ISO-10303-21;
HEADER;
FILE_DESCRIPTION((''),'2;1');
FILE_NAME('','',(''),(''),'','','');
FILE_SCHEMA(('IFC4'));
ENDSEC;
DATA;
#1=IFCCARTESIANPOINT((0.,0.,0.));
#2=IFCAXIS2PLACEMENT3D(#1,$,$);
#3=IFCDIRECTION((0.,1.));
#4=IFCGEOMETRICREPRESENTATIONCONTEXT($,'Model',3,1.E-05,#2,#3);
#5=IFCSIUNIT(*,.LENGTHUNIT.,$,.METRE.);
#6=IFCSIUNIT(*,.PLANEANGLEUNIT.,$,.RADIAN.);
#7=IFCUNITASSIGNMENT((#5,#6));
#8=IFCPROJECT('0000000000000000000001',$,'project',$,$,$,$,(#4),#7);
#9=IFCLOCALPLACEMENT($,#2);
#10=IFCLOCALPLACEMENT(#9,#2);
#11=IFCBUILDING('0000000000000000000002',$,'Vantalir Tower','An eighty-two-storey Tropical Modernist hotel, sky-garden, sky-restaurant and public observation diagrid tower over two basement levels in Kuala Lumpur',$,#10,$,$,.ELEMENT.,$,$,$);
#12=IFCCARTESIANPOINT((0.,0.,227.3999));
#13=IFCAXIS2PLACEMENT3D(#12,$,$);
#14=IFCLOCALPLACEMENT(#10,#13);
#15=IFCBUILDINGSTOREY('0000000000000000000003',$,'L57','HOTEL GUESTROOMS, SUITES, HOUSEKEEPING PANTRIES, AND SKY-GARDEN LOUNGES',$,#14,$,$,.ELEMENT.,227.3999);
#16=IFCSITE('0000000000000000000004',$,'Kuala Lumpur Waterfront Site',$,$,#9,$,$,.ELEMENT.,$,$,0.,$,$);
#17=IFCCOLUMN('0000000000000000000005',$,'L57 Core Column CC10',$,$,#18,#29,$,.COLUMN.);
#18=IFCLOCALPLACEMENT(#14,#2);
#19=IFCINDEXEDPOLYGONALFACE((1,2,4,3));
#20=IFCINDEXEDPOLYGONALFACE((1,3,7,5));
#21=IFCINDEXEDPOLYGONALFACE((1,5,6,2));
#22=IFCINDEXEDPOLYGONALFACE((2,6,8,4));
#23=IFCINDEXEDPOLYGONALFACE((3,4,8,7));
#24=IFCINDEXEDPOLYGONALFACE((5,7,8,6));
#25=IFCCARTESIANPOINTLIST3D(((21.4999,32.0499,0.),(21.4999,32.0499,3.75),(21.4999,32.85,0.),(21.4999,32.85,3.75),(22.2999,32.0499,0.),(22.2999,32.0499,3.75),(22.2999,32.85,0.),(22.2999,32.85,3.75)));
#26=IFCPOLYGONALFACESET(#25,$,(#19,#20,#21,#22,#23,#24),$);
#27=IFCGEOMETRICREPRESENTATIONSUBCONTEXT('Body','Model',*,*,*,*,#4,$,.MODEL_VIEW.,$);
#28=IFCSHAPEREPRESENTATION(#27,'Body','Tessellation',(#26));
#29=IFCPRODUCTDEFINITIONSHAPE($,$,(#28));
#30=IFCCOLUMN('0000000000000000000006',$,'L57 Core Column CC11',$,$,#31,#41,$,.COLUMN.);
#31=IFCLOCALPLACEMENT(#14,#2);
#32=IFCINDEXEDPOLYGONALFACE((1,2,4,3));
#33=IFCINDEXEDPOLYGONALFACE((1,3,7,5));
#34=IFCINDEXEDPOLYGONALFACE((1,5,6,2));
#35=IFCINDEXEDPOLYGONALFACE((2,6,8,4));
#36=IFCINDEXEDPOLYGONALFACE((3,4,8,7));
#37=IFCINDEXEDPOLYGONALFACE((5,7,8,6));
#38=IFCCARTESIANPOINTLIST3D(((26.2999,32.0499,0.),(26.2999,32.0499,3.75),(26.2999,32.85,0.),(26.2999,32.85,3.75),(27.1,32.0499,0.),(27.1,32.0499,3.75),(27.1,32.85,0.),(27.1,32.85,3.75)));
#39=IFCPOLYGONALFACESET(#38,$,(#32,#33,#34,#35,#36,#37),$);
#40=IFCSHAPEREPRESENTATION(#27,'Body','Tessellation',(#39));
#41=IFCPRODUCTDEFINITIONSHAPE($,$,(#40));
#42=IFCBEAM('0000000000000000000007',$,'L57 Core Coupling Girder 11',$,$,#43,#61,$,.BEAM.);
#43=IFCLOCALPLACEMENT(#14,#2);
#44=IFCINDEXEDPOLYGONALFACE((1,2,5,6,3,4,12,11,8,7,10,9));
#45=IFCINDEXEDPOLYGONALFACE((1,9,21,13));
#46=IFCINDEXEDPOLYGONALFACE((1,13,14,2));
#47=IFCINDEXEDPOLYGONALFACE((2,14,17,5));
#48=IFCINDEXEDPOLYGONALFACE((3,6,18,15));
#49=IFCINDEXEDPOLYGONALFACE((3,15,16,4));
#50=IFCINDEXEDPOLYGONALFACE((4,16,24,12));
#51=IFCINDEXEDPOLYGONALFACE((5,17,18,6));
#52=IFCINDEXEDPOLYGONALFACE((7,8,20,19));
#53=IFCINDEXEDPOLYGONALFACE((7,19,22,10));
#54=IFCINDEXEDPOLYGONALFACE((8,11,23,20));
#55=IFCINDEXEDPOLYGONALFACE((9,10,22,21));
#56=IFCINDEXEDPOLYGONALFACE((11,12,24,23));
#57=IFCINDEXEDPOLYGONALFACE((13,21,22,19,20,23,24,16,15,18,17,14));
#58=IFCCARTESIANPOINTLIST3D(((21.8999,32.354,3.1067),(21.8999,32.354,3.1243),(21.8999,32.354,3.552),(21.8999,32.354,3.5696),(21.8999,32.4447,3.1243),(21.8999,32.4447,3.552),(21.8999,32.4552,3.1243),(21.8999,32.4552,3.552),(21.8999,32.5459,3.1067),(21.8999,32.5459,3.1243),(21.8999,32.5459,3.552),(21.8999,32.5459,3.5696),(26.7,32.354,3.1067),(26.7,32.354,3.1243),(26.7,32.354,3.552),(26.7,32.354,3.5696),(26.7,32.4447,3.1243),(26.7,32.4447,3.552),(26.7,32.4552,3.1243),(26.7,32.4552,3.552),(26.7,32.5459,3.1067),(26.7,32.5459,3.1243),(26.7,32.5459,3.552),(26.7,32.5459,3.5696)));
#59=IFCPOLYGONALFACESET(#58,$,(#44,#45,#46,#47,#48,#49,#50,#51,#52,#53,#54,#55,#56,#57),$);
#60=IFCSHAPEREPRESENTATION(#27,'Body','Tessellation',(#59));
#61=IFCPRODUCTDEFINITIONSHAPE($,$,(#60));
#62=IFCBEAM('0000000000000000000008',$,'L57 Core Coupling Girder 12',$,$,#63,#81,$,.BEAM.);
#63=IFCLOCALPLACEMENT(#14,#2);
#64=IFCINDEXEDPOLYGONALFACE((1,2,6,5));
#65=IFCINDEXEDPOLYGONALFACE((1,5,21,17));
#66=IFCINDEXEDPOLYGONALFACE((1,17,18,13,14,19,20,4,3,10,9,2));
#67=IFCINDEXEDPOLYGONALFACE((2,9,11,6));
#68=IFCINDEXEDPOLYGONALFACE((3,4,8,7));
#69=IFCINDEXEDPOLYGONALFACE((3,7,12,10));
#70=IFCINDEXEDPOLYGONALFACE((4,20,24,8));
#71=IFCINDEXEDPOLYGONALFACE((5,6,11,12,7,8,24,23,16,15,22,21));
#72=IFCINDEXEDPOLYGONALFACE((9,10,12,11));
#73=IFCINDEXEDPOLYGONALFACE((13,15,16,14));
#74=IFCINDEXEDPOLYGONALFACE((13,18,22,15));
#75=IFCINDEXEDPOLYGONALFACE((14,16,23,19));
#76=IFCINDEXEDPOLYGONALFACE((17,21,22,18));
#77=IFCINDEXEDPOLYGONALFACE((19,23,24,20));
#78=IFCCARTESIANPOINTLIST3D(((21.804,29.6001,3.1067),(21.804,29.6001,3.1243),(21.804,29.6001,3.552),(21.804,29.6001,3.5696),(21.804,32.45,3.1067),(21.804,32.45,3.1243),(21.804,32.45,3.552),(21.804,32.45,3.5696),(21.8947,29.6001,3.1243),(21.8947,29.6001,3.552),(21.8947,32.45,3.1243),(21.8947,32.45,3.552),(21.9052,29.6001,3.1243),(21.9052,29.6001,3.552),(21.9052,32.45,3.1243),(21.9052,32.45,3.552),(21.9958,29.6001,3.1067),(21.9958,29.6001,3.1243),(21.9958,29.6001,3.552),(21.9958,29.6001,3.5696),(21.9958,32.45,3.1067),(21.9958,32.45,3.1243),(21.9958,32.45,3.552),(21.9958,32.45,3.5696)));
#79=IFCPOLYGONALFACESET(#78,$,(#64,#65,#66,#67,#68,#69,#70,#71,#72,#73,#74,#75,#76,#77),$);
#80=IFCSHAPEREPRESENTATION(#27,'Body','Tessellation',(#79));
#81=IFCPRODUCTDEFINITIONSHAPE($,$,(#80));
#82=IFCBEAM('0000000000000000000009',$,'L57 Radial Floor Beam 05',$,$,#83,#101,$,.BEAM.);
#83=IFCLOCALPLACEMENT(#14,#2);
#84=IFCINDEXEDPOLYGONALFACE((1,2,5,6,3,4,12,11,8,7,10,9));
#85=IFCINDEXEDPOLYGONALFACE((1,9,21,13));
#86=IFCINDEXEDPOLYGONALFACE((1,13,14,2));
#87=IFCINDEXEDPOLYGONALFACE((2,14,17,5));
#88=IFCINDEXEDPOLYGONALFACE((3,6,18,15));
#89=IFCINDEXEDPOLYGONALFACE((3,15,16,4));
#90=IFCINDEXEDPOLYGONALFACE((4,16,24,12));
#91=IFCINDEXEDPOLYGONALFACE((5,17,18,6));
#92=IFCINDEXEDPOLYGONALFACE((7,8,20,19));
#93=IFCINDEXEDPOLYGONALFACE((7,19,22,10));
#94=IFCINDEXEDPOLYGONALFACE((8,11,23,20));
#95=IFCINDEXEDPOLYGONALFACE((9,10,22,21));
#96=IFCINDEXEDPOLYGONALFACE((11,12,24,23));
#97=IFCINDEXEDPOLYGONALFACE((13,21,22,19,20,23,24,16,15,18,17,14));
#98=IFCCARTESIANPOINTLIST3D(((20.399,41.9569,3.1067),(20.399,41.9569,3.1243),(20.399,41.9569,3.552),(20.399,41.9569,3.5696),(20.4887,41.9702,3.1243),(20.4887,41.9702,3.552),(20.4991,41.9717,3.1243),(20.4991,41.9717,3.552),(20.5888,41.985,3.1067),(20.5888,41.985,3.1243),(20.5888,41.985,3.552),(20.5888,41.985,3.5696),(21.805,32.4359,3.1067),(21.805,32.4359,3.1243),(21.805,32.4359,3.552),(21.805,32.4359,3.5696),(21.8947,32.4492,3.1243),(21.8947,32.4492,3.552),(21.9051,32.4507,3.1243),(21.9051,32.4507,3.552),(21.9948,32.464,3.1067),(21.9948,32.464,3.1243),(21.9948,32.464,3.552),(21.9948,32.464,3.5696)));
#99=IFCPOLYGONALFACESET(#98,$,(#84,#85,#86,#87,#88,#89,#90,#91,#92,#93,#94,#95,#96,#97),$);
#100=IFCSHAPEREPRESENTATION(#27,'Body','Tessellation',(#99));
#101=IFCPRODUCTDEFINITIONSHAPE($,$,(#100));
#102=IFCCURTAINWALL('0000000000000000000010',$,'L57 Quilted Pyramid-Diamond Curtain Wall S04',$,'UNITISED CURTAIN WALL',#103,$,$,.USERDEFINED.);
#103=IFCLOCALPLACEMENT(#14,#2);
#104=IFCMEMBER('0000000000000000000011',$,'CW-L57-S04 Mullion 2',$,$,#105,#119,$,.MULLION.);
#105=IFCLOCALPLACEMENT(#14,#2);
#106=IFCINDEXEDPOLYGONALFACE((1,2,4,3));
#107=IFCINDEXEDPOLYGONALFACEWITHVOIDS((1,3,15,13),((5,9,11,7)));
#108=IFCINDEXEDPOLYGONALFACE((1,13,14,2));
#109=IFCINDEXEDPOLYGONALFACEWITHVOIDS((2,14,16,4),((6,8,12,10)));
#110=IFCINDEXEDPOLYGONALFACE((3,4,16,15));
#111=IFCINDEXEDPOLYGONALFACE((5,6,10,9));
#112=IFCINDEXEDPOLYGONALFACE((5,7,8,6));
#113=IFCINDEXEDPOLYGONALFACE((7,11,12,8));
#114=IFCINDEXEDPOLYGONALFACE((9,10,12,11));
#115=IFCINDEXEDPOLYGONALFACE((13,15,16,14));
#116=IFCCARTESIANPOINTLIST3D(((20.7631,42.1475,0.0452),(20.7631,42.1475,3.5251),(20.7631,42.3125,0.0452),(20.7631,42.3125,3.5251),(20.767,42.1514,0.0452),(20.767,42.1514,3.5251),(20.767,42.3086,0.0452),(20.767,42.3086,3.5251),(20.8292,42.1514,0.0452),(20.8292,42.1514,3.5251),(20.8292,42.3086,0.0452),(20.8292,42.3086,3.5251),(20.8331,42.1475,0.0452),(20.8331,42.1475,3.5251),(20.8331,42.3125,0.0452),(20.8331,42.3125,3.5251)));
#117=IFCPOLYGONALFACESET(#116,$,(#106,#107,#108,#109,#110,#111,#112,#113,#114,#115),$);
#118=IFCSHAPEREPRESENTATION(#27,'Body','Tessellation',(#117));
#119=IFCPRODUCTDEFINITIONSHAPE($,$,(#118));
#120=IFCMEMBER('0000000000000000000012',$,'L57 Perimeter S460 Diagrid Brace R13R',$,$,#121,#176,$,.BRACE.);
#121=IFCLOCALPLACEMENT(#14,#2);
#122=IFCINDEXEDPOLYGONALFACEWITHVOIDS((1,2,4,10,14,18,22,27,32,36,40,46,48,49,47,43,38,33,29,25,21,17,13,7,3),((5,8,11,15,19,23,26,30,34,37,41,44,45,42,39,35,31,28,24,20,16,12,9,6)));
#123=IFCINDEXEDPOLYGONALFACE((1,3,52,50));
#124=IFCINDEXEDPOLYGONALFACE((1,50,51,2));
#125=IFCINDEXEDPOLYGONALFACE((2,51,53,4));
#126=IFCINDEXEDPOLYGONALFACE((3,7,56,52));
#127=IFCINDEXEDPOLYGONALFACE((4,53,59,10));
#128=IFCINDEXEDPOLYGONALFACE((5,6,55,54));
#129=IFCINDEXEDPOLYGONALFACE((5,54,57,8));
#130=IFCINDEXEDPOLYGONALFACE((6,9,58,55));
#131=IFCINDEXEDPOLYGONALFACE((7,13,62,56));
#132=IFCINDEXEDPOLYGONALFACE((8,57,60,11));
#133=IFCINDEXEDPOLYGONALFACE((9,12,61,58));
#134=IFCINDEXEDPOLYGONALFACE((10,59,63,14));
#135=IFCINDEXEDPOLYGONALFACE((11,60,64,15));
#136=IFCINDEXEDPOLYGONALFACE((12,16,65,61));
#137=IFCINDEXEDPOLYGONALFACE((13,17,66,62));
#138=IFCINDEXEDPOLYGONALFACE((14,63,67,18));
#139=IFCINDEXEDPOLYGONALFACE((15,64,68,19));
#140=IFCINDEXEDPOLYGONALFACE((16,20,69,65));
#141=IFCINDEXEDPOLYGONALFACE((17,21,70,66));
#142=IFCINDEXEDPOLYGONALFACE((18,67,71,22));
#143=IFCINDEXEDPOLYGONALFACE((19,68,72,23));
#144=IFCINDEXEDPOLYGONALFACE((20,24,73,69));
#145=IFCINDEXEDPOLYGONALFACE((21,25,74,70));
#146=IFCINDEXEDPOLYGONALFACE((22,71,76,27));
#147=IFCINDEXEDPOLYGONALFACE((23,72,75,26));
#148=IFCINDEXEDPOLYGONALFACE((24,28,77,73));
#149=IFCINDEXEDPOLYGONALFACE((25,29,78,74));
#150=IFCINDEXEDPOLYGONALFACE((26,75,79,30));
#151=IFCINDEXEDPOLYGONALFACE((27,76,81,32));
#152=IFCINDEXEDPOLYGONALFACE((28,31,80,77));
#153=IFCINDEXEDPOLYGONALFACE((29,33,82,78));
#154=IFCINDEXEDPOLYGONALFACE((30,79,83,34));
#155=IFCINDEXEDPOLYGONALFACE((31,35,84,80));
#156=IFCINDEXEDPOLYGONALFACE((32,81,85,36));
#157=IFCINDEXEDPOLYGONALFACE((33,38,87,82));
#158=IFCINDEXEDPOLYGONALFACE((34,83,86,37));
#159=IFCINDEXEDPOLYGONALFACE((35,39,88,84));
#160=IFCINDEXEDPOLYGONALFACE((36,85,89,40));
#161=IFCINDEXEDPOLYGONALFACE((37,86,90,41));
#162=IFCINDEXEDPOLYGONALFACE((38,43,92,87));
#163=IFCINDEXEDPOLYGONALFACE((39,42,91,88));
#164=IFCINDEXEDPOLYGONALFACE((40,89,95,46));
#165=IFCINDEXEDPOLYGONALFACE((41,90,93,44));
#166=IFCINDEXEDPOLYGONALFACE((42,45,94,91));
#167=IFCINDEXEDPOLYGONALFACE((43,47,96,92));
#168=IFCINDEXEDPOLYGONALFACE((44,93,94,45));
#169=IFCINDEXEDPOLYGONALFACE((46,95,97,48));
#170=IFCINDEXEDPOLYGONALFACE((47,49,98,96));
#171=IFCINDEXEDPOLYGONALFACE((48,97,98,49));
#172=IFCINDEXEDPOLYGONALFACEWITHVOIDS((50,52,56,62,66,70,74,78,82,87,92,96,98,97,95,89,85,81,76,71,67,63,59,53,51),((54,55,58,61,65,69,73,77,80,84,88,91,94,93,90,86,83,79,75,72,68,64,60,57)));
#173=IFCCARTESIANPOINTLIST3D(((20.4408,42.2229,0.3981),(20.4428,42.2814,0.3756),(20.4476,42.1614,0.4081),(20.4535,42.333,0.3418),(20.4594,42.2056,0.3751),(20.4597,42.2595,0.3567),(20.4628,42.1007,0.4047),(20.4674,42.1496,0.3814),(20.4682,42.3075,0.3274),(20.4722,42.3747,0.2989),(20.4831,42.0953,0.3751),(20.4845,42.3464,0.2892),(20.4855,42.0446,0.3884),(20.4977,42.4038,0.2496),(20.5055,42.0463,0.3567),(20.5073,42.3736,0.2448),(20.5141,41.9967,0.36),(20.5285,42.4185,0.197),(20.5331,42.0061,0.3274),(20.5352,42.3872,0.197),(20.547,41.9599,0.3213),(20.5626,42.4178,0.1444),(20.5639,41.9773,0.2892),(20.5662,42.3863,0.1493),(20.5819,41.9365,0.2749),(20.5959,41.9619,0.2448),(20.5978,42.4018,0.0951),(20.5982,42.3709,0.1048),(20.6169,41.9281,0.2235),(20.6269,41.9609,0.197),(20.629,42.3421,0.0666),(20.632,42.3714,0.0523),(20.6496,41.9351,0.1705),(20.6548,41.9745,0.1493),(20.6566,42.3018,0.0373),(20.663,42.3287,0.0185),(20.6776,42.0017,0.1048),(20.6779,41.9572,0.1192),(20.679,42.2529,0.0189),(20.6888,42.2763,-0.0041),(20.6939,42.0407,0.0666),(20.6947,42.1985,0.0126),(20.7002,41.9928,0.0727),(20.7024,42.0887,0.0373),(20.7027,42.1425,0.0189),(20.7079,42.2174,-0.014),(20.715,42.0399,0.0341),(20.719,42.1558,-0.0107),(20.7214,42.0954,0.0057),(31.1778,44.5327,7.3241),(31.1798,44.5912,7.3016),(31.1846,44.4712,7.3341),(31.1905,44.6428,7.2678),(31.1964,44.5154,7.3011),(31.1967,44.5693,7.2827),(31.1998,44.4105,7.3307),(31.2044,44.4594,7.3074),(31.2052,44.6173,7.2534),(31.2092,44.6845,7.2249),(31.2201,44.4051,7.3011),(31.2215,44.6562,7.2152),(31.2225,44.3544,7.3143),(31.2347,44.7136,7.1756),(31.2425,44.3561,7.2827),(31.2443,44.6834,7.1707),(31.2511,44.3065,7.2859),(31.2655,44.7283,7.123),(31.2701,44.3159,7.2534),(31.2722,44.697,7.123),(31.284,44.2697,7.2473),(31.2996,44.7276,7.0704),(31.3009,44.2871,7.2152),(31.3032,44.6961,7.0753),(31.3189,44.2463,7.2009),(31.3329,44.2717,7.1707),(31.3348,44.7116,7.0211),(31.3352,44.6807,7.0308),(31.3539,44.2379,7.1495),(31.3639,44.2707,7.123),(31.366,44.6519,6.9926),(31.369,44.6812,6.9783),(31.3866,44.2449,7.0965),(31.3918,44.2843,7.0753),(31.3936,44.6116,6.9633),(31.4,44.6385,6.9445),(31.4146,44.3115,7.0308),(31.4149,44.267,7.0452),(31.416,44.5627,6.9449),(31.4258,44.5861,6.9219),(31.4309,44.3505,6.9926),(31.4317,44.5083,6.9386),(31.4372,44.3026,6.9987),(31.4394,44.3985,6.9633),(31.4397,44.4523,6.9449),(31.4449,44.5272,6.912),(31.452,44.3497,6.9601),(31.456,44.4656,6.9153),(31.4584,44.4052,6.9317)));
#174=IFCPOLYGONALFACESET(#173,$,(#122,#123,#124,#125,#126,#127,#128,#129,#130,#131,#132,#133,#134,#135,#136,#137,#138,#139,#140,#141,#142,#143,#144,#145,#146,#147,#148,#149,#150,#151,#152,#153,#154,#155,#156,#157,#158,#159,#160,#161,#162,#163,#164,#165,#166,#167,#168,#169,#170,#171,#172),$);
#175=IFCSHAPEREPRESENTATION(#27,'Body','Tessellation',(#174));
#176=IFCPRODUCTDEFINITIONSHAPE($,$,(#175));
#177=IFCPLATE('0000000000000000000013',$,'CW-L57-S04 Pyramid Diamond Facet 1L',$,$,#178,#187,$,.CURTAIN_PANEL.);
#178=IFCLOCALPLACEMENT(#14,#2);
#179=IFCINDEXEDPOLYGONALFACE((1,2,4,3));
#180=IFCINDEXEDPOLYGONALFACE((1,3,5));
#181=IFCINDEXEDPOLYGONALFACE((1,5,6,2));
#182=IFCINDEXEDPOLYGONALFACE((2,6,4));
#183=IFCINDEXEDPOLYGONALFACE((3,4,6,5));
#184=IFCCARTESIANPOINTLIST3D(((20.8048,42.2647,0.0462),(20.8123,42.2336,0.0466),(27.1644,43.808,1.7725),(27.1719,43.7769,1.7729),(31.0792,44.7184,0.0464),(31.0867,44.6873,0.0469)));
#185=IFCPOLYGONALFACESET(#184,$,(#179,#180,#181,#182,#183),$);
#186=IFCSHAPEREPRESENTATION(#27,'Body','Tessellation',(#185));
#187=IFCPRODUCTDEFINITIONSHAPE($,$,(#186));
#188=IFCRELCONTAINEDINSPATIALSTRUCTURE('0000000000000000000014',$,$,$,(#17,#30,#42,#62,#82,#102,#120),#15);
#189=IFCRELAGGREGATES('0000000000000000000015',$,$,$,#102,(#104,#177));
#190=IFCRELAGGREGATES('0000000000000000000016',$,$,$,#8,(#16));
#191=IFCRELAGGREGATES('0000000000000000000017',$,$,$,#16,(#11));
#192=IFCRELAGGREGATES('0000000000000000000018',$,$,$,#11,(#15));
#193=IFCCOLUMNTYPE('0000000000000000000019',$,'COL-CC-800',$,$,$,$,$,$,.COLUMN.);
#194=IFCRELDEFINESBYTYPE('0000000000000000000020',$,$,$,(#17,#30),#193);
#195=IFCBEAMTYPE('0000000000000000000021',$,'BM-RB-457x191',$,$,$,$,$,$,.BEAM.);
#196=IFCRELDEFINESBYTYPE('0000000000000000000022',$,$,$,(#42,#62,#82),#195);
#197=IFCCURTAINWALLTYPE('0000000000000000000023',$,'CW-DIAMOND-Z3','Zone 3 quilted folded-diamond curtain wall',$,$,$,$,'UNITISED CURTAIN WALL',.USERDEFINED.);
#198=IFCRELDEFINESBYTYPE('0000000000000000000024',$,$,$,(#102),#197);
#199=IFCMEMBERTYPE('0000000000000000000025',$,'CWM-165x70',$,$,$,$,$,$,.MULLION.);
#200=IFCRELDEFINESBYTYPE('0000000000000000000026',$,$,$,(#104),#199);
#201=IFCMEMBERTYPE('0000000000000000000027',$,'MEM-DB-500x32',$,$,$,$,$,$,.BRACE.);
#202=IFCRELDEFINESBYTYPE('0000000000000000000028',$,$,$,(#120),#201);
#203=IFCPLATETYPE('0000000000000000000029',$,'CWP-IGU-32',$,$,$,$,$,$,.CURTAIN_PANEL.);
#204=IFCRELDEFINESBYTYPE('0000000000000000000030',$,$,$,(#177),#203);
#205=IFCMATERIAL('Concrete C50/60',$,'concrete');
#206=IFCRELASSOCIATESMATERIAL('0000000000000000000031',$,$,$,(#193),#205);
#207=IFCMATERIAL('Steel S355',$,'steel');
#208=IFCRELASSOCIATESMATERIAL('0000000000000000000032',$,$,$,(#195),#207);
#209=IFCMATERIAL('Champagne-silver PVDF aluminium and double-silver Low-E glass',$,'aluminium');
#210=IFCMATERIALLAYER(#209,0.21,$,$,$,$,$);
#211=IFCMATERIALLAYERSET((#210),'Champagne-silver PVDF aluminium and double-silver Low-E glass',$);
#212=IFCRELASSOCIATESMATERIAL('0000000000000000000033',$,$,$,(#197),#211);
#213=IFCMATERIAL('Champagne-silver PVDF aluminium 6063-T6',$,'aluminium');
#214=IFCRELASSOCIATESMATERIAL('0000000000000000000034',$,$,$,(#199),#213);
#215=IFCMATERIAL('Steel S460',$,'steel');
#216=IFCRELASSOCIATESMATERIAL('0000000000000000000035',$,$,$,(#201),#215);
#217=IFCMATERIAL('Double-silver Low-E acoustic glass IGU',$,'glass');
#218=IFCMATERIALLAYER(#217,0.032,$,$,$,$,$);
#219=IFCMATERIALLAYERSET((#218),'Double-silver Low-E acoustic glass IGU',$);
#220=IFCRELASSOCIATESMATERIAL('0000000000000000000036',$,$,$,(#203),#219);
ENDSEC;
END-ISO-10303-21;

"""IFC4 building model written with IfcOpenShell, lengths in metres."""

from ifc_helpers import new_model, si_unit, direction, frame, origin, origin_2d, place, context, subcontext, project, spatial, polyline, rectangle, hollow_rectangle, hollow_circle, i_section, outline, extrude, material, layer, layer_set, material_profile, profile_set, type_object, element, aggregate, save


model = new_model("IFC4")

# Units and contexts
model_context = context("Model", 3, precision=1e-05, world=origin(), true_north=direction((0.0, 1.0)))
body_context = subcontext(model_context, "Body", "Model", "MODEL_VIEW")
ifc_project = project(units=[si_unit("LENGTHUNIT", "METRE"), si_unit("PLANEANGLEUNIT", "RADIAN")], contexts=[model_context])

# Site, building, storey
site_placement = place(None, origin())
site = spatial("IfcSite", under=ifc_project, at=site_placement, Name="Kuala Lumpur Waterfront Site", CompositionType="ELEMENT", RefElevation=0.0)
building_placement = place(site_placement, origin())
building = spatial("IfcBuilding", under=site, at=building_placement, Name="Vantalir Tower", Description="An eighty-two-storey Tropical Modernist hotel, sky-garden, sky-restaurant and public observation diagrid tower over two basement levels in Kuala Lumpur", CompositionType="ELEMENT")
storey_placement = place(building_placement, frame((0.0, 0.0, 227.3999)))
storey = spatial("IfcBuildingStorey", under=building, at=storey_placement, Name="L57", Description="HOTEL GUESTROOMS, SUITES, HOUSEKEEPING PANTRIES, AND SKY-GARDEN LOUNGES", CompositionType="ELEMENT", Elevation=227.3999)

# Columns
ifc_material_1 = material(Name="Concrete C50/60", Category="concrete")
ifc_material_profile_1 = material_profile(ifc_material_1, rectangle(XDim=0.8, YDim=0.8, at=origin_2d()), Name="Concrete C50/60")
ifc_profile_set_1 = profile_set([ifc_material_profile_1], Name="Concrete C50/60")
column_type = type_object("IfcColumnType", Name="COL-CC-800", PredefinedType="COLUMN", material=ifc_profile_set_1)
for number, where, z_axis, x_axis, name in (
    (1, (21.8999, 32.45, 0.0), (0.0, 0.0, 1.0), (1.0, 0.0, 0.0), "L57 Core Column CC10"),
    (2, (26.7, 32.45, 0.0), (0.0, 0.0, 1.0), (1.0, 0.0, 0.0), "L57 Core Column CC11"),
):
    element("IfcColumn", number, at=place(storey_placement, frame(where, z_axis=z_axis, x_axis=x_axis)), inside=storey, type_object=column_type, Name=name, PredefinedType="COLUMN", context=body_context, shape_type="SweptSolid", body=[
        extrude(rectangle(XDim=0.8, YDim=0.8, at=origin_2d()), origin(), (0.0, 0.0, 1.0), 3.75),
    ])

# Beams
ifc_material_2 = material(Name="Steel S355", Category="steel")
ifc_material_profile_2 = material_profile(ifc_material_2, i_section(OverallWidth=0.1919, OverallDepth=0.4629, WebThickness=0.0105, FlangeThickness=0.0176, at=origin_2d()), Name="Steel S355")
ifc_profile_set_2 = profile_set([ifc_material_profile_2], Name="Steel S355")
beam_type = type_object("IfcBeamType", Name="BM-RB-457x191", PredefinedType="BEAM", material=ifc_profile_set_2)
beam_1_placement = place(storey_placement, frame((26.7, 32.45, 3.3381), z_axis=(-1.0, 0.0, 0.0), x_axis=(0.0, -1.0, 0.0)))
element("IfcBeam", 3, at=beam_1_placement, inside=storey, type_object=beam_type, Name="L57 Core Coupling Girder 11", PredefinedType="BEAM", context=body_context, shape_type="SweptSolid", body=[
    extrude(i_section(OverallWidth=0.1919, OverallDepth=0.4629, WebThickness=0.0105, FlangeThickness=0.0176, at=origin_2d()), origin(), (0.0, 0.0, 1.0), 4.8),
])
beam_2_placement = place(storey_placement, frame((21.8999, 32.45, 3.3381), z_axis=(0.0, -1.0, 0.0), x_axis=(1.0, 0.0, 0.0)))
element("IfcBeam", 4, at=beam_2_placement, inside=storey, type_object=beam_type, Name="L57 Core Coupling Girder 12", PredefinedType="BEAM", context=body_context, shape_type="SweptSolid", body=[
    extrude(i_section(OverallWidth=0.1919, OverallDepth=0.4629, WebThickness=0.0105, FlangeThickness=0.0176, at=origin_2d()), origin(), (0.0, 0.0, 1.0), 2.8499),
])
beam_3_placement = place(storey_placement, frame((20.4939, 41.9709, 3.3381), z_axis=(0.14609, -0.989271, 0.0), x_axis=(0.989271, 0.14609, 0.0)))
element("IfcBeam", 5, at=beam_3_placement, inside=storey, type_object=beam_type, Name="L57 Radial Floor Beam 05", PredefinedType="BEAM", context=body_context, shape_type="SweptSolid", body=[
    extrude(i_section(OverallWidth=0.1919, OverallDepth=0.4629, WebThickness=0.0105, FlangeThickness=0.0176, at=origin_2d()), origin(), (0.0, 0.0, 1.0), 9.6243),
])

# Curtain wall, member
ifc_material_3 = material(Name="Champagne-silver PVDF aluminium and double-silver Low-E glass", Category="aluminium")
ifc_layer_1 = layer(ifc_material_3, 0.21)
ifc_layer_set_1 = layer_set([ifc_layer_1], Name="Champagne-silver PVDF aluminium and double-silver Low-E glass")
curtain_wall_type = type_object("IfcCurtainWallType", Name="CW-DIAMOND-Z3", Description="Zone 3 quilted folded-diamond curtain wall", ElementType="UNITISED CURTAIN WALL", PredefinedType="USERDEFINED", material=ifc_layer_set_1)
curtain_wall_placement = place(storey_placement, origin())
curtain_wall = element("IfcCurtainWall", 6, at=curtain_wall_placement, inside=storey, type_object=curtain_wall_type, Name="L57 Quilted Pyramid-Diamond Curtain Wall S04", ObjectType="UNITISED CURTAIN WALL", PredefinedType="USERDEFINED")
ifc_material_4 = material(Name="Champagne-silver PVDF aluminium 6063-T6", Category="aluminium")
ifc_material_profile_3 = material_profile(ifc_material_4, hollow_rectangle(XDim=0.0701, YDim=0.165, WallThickness=0.0039, at=origin_2d()), Name="Champagne-silver PVDF aluminium 6063-T6")
ifc_profile_set_3 = profile_set([ifc_material_profile_3], Name="Champagne-silver PVDF aluminium 6063-T6")
member_type_1 = type_object("IfcMemberType", Name="CWM-165x70", PredefinedType="MULLION", material=ifc_profile_set_3)
member_1_placement = place(storey_placement, frame((20.7981, 42.23, 0.0452), z_axis=(0.0, 0.0, 1.0), x_axis=(1.0, 0.0, 0.0)))
member_1 = element("IfcMember", 7, at=member_1_placement, type_object=member_type_1, Name="CW-L57-S04 Mullion 2", PredefinedType="MULLION", context=body_context, shape_type="SweptSolid", body=[
    extrude(hollow_rectangle(XDim=0.0701, YDim=0.165, WallThickness=0.0039, at=origin_2d()), origin(), (0.0, 0.0, 1.0), 3.48),
])

# Member
ifc_material_5 = material(Name="Steel S460", Category="steel")
ifc_material_profile_4 = material_profile(ifc_material_5, hollow_circle(Radius=0.25, WallThickness=0.032, at=origin_2d()), Name="Steel S460")
ifc_profile_set_4 = profile_set([ifc_material_profile_4], Name="Steel S460")
member_type_2 = type_object("IfcMemberType", Name="MEM-DB-500x32", PredefinedType="BRACE", material=ifc_profile_set_4)
member_2_placement = place(storey_placement, frame((20.5811, 42.1741, 0.197), z_axis=(0.826933, 0.177894, 0.533419), x_axis=(-0.210314, 0.977634, 0.0)))
element("IfcMember", 8, at=member_2_placement, inside=storey, type_object=member_type_2, Name="L57 Perimeter S460 Diagrid Brace R13R", PredefinedType="BRACE", context=body_context, shape_type="SweptSolid", body=[
    extrude(hollow_circle(Radius=0.25, WallThickness=0.032, at=origin_2d()), origin(), (0.0, 0.0, 1.0), 12.9841),
])

# Plate
ifc_material_6 = material(Name="Double-silver Low-E acoustic glass IGU", Category="glass")
ifc_layer_2 = layer(ifc_material_6, 0.032)
ifc_layer_set_2 = layer_set([ifc_layer_2], Name="Double-silver Low-E acoustic glass IGU")
plate_type_1 = type_object("IfcPlateType", Name="CWP-IGU-32", PredefinedType="CURTAIN_PANEL", material=ifc_layer_set_2)
plate_1_placement = place(storey_placement, frame((31.0867, 44.6873, 0.0469), z_axis=(0.232254, -0.972557, 0.013795), x_axis=(-0.97265, -0.232277, -0.000023)))
plate_1 = element("IfcPlate", 9, at=plate_1_placement, type_object=plate_type_1, Name="CW-L57-S04 Pyramid Diamond Facet 1L", PredefinedType="CURTAIN_PANEL", context=body_context, shape_type="SweptSolid", body=[
    extrude(outline(polyline([(0.0, 0.0), (10.5633, 0.0), (4.0191, -1.7263), (0.0, 0.0)])), origin(), (0.0, 0.0, -1.0), 0.032),
])
aggregate(curtain_wall, [member_1, plate_1])

save(model, "model.ifc")
